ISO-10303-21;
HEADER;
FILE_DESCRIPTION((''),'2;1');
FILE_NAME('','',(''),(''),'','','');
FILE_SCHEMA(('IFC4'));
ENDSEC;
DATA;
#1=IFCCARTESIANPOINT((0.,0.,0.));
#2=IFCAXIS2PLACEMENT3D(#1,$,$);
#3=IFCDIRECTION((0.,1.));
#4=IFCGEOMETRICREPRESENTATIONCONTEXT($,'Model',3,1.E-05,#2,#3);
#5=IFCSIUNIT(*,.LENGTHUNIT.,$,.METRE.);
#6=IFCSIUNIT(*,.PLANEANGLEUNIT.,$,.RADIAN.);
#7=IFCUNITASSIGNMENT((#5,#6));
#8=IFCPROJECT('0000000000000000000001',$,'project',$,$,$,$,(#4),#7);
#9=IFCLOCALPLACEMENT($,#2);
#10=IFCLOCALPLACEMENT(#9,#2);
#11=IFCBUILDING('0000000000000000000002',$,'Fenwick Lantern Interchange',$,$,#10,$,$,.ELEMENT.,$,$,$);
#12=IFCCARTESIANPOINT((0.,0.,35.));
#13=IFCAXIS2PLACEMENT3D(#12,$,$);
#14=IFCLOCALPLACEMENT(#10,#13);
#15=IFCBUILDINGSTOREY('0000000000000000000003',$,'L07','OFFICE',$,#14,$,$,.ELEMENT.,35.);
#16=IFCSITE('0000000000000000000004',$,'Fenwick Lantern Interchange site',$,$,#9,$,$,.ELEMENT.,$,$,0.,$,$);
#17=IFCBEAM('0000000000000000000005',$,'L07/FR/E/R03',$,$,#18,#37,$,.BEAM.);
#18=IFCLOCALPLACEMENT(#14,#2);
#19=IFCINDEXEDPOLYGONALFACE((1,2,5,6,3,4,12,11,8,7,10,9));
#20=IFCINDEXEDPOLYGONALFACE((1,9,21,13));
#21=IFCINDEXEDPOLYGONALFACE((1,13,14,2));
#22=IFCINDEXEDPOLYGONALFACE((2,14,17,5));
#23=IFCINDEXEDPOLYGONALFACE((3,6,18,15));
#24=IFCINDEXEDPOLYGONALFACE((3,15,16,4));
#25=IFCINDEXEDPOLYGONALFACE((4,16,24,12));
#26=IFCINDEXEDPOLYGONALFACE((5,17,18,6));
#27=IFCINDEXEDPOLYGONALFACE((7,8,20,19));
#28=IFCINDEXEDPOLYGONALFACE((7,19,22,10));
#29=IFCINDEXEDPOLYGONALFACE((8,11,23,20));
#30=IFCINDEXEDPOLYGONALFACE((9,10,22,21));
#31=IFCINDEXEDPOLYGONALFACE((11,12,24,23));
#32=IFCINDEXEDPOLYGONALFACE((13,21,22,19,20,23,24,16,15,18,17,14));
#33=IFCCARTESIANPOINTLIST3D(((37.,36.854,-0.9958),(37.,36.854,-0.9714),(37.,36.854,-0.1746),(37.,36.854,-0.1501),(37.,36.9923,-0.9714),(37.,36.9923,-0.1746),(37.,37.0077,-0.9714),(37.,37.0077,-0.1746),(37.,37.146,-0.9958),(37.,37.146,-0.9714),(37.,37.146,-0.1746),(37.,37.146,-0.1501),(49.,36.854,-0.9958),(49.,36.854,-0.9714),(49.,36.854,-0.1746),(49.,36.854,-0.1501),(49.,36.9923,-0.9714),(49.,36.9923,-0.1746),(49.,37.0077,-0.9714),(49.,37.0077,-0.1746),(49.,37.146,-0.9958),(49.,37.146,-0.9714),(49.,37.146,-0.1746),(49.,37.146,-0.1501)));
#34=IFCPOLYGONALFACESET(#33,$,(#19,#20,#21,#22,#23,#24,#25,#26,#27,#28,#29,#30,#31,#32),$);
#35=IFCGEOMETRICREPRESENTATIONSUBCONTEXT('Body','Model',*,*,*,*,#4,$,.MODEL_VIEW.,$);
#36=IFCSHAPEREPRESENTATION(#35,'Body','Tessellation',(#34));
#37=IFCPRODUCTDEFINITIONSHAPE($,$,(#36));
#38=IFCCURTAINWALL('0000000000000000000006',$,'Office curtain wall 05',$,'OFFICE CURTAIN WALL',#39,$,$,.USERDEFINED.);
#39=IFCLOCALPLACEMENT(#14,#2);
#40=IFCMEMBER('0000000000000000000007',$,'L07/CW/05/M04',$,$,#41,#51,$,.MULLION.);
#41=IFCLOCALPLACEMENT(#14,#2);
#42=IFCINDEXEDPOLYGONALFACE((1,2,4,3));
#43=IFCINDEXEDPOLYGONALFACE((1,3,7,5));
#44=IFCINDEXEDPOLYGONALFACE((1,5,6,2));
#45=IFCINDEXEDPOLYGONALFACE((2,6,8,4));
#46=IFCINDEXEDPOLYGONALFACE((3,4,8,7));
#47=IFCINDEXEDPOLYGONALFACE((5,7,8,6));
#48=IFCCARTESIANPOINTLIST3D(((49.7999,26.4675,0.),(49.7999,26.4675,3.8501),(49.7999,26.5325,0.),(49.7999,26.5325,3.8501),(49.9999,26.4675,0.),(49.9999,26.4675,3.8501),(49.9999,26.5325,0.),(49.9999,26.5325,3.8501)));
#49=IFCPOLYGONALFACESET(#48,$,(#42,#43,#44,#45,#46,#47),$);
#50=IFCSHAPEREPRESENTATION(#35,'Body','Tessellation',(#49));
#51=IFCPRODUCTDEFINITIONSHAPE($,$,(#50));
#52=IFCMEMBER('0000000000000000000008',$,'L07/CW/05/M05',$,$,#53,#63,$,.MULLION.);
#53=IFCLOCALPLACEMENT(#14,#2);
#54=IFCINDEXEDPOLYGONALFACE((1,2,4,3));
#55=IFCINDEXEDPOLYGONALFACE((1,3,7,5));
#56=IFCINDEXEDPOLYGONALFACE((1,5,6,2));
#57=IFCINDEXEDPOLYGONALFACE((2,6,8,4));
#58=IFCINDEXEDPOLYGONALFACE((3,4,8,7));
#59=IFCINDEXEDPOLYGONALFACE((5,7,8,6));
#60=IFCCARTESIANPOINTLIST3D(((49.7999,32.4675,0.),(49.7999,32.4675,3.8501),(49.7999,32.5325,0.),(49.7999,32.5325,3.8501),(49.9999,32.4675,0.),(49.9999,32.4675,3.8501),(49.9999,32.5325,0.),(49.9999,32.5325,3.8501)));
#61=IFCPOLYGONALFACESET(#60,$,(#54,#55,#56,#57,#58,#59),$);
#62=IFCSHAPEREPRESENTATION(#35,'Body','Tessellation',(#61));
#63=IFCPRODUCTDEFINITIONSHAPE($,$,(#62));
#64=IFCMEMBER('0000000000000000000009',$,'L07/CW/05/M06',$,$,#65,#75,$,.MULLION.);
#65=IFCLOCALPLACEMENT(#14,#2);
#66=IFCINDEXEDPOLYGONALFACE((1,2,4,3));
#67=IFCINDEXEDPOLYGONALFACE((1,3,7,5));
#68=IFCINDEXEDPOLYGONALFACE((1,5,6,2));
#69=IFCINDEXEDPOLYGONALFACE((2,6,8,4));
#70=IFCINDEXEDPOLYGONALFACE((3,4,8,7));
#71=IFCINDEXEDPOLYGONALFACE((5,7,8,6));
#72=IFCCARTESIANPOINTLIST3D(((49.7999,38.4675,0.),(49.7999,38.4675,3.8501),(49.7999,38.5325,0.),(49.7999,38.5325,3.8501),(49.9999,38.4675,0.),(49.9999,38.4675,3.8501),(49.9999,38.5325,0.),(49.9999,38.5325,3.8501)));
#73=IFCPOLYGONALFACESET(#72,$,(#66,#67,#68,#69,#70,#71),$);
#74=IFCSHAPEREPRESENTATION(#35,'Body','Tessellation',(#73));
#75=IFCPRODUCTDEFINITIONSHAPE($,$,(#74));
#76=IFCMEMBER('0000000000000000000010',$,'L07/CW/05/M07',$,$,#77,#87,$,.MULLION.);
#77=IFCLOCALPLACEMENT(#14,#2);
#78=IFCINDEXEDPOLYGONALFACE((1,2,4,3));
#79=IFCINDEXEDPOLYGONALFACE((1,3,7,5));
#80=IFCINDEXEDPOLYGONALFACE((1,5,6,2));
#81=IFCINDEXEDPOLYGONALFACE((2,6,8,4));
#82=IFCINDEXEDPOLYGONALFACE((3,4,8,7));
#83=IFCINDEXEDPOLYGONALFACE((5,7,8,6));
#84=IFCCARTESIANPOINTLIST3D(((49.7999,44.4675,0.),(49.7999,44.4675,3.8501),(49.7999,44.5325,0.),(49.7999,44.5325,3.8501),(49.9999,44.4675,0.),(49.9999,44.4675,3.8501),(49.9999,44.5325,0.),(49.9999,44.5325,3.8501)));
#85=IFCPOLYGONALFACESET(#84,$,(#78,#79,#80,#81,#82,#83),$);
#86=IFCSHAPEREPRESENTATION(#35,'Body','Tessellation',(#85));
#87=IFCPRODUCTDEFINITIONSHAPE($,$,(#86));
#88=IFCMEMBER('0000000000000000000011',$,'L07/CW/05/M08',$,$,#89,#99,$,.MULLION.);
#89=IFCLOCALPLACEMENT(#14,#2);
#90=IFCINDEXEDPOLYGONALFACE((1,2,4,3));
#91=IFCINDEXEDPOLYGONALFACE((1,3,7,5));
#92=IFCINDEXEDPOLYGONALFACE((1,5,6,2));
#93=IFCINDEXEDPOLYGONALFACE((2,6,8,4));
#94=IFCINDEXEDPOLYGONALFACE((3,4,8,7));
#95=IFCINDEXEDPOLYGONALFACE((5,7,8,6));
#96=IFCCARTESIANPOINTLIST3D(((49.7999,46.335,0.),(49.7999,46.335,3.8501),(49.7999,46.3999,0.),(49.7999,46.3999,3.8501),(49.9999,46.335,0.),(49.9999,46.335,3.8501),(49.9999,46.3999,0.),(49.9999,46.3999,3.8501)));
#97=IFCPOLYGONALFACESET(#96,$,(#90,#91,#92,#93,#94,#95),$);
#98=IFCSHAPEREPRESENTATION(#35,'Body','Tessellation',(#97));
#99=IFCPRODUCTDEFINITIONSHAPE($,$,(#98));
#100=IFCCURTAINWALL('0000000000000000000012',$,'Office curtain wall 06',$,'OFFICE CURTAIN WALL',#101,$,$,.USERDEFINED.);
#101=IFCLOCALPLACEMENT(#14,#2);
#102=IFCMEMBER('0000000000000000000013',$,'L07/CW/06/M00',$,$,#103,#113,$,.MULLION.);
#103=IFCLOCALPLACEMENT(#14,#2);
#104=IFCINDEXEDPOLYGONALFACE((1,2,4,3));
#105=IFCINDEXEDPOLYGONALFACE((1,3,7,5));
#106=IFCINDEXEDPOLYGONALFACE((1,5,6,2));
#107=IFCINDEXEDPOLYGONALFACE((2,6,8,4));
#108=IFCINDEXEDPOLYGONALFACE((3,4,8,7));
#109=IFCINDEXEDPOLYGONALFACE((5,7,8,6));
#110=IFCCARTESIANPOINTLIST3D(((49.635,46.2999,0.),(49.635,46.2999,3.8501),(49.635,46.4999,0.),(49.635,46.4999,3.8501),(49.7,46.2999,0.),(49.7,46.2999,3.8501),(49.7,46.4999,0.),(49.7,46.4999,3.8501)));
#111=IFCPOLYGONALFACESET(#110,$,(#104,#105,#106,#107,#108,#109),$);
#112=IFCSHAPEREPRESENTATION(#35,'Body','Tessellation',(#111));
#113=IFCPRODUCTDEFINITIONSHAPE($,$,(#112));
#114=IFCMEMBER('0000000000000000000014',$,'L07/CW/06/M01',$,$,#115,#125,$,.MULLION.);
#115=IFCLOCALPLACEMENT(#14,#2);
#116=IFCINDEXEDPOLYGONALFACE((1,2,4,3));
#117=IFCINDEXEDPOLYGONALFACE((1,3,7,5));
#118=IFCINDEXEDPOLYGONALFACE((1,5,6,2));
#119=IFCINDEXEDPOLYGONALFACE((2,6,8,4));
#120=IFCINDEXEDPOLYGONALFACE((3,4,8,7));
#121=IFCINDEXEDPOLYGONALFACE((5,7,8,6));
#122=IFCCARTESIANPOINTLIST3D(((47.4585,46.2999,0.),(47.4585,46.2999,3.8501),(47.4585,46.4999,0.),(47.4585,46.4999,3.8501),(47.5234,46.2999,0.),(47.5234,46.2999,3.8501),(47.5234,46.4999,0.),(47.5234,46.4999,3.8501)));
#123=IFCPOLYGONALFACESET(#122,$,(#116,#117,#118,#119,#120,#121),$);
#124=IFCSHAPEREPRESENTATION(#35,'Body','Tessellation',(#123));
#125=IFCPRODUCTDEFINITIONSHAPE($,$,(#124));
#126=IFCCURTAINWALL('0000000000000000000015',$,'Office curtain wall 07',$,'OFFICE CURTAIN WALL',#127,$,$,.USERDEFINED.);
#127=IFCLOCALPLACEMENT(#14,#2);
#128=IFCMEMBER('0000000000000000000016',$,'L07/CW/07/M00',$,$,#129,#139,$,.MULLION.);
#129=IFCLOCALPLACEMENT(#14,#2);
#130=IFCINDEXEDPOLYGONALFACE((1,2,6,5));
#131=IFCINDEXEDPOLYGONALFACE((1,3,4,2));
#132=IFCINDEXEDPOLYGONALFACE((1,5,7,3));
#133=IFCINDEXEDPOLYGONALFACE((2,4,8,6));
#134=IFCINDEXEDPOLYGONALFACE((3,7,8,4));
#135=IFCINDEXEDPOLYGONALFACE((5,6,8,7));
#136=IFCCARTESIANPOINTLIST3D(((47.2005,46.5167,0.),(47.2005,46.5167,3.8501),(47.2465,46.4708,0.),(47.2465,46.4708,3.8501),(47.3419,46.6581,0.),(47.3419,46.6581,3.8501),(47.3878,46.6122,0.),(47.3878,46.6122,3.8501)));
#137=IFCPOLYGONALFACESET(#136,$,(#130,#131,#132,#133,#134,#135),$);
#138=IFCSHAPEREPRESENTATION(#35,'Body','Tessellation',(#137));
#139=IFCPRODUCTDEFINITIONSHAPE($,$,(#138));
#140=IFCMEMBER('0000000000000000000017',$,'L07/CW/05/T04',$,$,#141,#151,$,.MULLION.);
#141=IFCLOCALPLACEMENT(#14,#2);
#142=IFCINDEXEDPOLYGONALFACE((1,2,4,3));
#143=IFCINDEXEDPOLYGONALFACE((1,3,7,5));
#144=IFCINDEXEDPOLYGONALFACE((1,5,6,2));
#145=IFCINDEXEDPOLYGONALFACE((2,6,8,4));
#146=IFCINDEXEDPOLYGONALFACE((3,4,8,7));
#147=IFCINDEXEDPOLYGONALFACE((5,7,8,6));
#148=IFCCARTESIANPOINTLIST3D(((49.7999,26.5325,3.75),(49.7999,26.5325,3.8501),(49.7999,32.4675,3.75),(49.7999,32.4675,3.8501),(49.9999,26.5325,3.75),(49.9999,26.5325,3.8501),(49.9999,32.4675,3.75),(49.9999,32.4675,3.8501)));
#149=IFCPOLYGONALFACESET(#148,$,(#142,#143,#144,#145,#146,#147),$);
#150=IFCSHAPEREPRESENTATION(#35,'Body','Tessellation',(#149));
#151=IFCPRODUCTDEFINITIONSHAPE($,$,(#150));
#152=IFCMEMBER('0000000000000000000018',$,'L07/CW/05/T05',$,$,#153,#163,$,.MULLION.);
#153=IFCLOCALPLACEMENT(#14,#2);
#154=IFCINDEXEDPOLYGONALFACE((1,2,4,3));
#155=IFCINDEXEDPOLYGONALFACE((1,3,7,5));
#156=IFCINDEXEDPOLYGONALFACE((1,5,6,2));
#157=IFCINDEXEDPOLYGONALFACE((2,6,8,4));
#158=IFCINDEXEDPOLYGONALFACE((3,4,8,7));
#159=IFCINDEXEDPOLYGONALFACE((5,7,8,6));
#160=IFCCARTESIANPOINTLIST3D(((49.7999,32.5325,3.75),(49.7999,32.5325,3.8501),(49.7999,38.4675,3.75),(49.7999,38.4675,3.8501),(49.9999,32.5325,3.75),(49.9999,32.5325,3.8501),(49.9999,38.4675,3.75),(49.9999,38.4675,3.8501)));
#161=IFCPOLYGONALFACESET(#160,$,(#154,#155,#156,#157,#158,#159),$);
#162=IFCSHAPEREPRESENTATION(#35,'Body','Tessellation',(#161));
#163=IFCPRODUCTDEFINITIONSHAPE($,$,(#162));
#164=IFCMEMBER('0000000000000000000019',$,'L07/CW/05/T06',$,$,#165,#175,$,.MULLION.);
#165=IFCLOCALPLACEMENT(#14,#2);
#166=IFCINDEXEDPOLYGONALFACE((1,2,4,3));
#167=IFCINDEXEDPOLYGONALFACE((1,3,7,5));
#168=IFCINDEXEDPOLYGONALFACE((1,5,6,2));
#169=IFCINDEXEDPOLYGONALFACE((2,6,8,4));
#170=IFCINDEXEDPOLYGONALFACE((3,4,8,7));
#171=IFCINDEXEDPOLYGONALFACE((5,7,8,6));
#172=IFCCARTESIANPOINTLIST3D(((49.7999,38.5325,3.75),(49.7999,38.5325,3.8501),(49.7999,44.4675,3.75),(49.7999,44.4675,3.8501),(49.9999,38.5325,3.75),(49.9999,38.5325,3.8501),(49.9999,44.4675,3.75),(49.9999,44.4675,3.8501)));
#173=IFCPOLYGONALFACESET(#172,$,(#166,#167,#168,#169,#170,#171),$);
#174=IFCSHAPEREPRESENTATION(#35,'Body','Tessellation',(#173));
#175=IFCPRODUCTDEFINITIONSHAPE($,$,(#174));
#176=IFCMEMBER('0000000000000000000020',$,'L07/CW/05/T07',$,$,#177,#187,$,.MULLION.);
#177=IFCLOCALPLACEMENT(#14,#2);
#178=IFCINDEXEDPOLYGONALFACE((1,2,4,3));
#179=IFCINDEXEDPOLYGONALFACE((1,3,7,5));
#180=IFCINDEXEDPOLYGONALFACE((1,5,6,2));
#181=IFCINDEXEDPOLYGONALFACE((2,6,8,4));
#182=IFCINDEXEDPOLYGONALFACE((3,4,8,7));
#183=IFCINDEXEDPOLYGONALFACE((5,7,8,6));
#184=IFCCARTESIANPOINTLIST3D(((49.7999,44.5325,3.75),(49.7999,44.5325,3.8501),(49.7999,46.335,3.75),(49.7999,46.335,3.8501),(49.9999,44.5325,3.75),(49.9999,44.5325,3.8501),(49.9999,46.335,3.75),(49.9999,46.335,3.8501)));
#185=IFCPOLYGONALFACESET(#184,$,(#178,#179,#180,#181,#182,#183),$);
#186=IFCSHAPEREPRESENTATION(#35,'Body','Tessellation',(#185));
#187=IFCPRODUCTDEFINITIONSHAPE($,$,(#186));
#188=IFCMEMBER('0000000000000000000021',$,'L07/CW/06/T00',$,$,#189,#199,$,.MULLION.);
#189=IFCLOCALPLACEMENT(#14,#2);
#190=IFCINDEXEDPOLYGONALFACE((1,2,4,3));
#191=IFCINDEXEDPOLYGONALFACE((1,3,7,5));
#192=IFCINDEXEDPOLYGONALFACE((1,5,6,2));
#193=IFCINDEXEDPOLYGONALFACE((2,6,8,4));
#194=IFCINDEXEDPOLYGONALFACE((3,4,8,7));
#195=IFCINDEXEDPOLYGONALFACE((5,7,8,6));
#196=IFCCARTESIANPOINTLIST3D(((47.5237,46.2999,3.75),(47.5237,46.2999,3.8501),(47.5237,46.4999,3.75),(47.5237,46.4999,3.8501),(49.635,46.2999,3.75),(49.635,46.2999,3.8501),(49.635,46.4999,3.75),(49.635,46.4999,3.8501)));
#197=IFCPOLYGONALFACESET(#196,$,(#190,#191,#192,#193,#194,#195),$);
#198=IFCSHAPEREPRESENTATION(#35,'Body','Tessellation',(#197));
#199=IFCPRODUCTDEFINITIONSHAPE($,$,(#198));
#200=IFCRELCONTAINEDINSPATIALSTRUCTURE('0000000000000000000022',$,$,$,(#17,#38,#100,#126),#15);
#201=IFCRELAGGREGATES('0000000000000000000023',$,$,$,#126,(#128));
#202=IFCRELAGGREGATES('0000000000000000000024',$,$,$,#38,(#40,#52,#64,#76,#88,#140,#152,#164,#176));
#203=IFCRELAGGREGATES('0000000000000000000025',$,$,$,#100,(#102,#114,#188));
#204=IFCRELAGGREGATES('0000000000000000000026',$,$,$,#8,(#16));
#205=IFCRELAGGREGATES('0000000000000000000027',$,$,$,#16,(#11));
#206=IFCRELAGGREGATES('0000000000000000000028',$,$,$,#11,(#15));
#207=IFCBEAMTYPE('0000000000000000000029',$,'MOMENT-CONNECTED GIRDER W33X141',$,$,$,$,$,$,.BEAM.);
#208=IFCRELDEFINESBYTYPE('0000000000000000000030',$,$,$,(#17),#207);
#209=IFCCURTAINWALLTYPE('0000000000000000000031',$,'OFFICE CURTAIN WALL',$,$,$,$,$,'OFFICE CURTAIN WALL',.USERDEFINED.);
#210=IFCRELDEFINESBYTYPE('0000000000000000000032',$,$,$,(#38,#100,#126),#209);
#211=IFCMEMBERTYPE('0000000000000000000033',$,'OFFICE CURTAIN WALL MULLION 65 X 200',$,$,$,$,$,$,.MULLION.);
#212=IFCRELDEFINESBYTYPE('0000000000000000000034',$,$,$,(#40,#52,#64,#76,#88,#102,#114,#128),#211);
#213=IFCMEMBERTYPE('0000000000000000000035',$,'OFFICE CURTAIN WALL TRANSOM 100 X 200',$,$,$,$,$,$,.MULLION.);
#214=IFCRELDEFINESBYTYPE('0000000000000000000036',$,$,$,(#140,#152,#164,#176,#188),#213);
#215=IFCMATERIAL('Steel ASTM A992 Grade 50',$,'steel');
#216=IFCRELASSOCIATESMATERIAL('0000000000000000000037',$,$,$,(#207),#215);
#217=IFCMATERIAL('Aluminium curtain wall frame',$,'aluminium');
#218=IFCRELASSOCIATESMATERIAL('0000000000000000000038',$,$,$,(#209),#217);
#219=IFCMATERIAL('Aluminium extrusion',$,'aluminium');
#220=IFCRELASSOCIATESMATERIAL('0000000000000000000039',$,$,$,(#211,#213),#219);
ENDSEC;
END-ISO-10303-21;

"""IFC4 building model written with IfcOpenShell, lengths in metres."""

from ifc_helpers import new_model, si_unit, direction, frame, origin, origin_2d, place, context, subcontext, project, spatial, rectangle, i_section, extrude, material, material_profile, profile_set, type_object, element, aggregate, save


model = new_model("IFC4")

# Units and contexts
model_context = context("Model", 3, precision=1e-05, world=origin(), true_north=direction((0.0, 1.0)))
body_context = subcontext(model_context, "Body", "Model", "MODEL_VIEW")
ifc_project = project(units=[si_unit("LENGTHUNIT", "METRE"), si_unit("PLANEANGLEUNIT", "RADIAN")], contexts=[model_context])

# Site, building, storey
site_placement = place(None, origin())
site = spatial("IfcSite", under=ifc_project, at=site_placement, Name="Fenwick Lantern Interchange site", CompositionType="ELEMENT", RefElevation=0.0)
building_placement = place(site_placement, origin())
building = spatial("IfcBuilding", under=site, at=building_placement, Name="Fenwick Lantern Interchange", CompositionType="ELEMENT")
storey_placement = place(building_placement, frame((0.0, 0.0, 35.0)))
storey = spatial("IfcBuildingStorey", under=building, at=storey_placement, Name="L07", Description="OFFICE", CompositionType="ELEMENT", Elevation=35.0)

# Beam
ifc_material_1 = material(Name="Steel ASTM A992 Grade 50", Category="steel")
ifc_material_profile_1 = material_profile(ifc_material_1, i_section(OverallWidth=0.292, OverallDepth=0.8457, WebThickness=0.0154, FlangeThickness=0.0244, at=origin_2d()), Name="W33X141")
ifc_profile_set_1 = profile_set([ifc_material_profile_1], Name="Steel ASTM A992 Grade 50")
beam_type_1 = type_object("IfcBeamType", Name="MOMENT-CONNECTED GIRDER W33X141", PredefinedType="BEAM", material=ifc_profile_set_1)
beam_1_placement = place(storey_placement, frame((49.0, 37.0, -0.573), z_axis=(-1.0, 0.0, 0.0), x_axis=(0.0, -1.0, 0.0)))
element("IfcBeam", 1, at=beam_1_placement, inside=storey, type_object=beam_type_1, Name="L07/FR/E/R03", PredefinedType="BEAM", context=body_context, shape_type="SweptSolid", body=[
    extrude(i_section(OverallWidth=0.292, OverallDepth=0.8457, WebThickness=0.0154, FlangeThickness=0.0244, at=origin_2d()), origin(), (0.0, 0.0, 1.0), 12.0),
])

# Curtain walls, members
ifc_material_2 = material(Name="Aluminium curtain wall frame", Category="aluminium")
curtain_wall_type = type_object("IfcCurtainWallType", Name="OFFICE CURTAIN WALL", ElementType="OFFICE CURTAIN WALL", PredefinedType="USERDEFINED", material=ifc_material_2)
curtain_wall_1_placement = place(storey_placement, origin())
curtain_wall_1 = element("IfcCurtainWall", 2, at=curtain_wall_1_placement, inside=storey, type_object=curtain_wall_type, Name="Office curtain wall 05", ObjectType="OFFICE CURTAIN WALL", PredefinedType="USERDEFINED")
ifc_material_3 = material(Name="Aluminium extrusion", Category="aluminium")
ifc_material_profile_2 = material_profile(ifc_material_3, rectangle(XDim=0.2, YDim=0.0649, at=origin_2d()), Name="OFFICE CURTAIN WALL MULLION 65 X 200")
ifc_profile_set_2 = profile_set([ifc_material_profile_2], Name="Aluminium extrusion")
member_type_1 = type_object("IfcMemberType", Name="OFFICE CURTAIN WALL MULLION 65 X 200", PredefinedType="MULLION", material=ifc_profile_set_2)
member_1_placement = place(storey_placement, frame((49.8999, 26.5, 0.0), z_axis=(0.0, 0.0, 1.0), x_axis=(-1.0, 0.0, 0.0)))
member_1 = element("IfcMember", 3, at=member_1_placement, type_object=member_type_1, Name="L07/CW/05/M04", PredefinedType="MULLION", context=body_context, shape_type="SweptSolid", body=[
    extrude(rectangle(XDim=0.2, YDim=0.0649, at=origin_2d()), origin(), (0.0, 0.0, 1.0), 3.8501),
])
member_2_placement = place(storey_placement, frame((49.8999, 32.5, 0.0), z_axis=(0.0, 0.0, 1.0), x_axis=(-1.0, 0.0, 0.0)))
member_2 = element("IfcMember", 4, at=member_2_placement, type_object=member_type_1, Name="L07/CW/05/M05", PredefinedType="MULLION", context=body_context, shape_type="SweptSolid", body=[
    extrude(rectangle(XDim=0.2, YDim=0.0649, at=origin_2d()), origin(), (0.0, 0.0, 1.0), 3.8501),
])
member_3_placement = place(storey_placement, frame((49.8999, 38.5, 0.0), z_axis=(0.0, 0.0, 1.0), x_axis=(-1.0, 0.0, 0.0)))
member_3 = element("IfcMember", 5, at=member_3_placement, type_object=member_type_1, Name="L07/CW/05/M06", PredefinedType="MULLION", context=body_context, shape_type="SweptSolid", body=[
    extrude(rectangle(XDim=0.2, YDim=0.0649, at=origin_2d()), origin(), (0.0, 0.0, 1.0), 3.8501),
])
member_4_placement = place(storey_placement, frame((49.8999, 44.5, 0.0), z_axis=(0.0, 0.0, 1.0), x_axis=(-1.0, 0.0, 0.0)))
member_4 = element("IfcMember", 6, at=member_4_placement, type_object=member_type_1, Name="L07/CW/05/M07", PredefinedType="MULLION", context=body_context, shape_type="SweptSolid", body=[
    extrude(rectangle(XDim=0.2, YDim=0.0649, at=origin_2d()), origin(), (0.0, 0.0, 1.0), 3.8501),
])
member_5_placement = place(storey_placement, frame((49.8999, 46.3674, 0.0), z_axis=(0.0, 0.0, 1.0), x_axis=(-1.0, 0.0, 0.0)))
member_5 = element("IfcMember", 7, at=member_5_placement, type_object=member_type_1, Name="L07/CW/05/M08", PredefinedType="MULLION", context=body_context, shape_type="SweptSolid", body=[
    extrude(rectangle(XDim=0.2, YDim=0.0649, at=origin_2d()), origin(), (0.0, 0.0, 1.0), 3.8501),
])
curtain_wall_2_placement = place(storey_placement, origin())
curtain_wall_2 = element("IfcCurtainWall", 8, at=curtain_wall_2_placement, inside=storey, type_object=curtain_wall_type, Name="Office curtain wall 06", ObjectType="OFFICE CURTAIN WALL", PredefinedType="USERDEFINED")
member_6_placement = place(storey_placement, frame((49.6675, 46.3999, 0.0), z_axis=(0.0, 0.0, 1.0), x_axis=(0.0, -1.0, 0.0)))
member_6 = element("IfcMember", 9, at=member_6_placement, type_object=member_type_1, Name="L07/CW/06/M00", PredefinedType="MULLION", context=body_context, shape_type="SweptSolid", body=[
    extrude(rectangle(XDim=0.2, YDim=0.0649, at=origin_2d()), origin(), (0.0, 0.0, 1.0), 3.8501),
])
member_7_placement = place(storey_placement, frame((47.491, 46.3999, 0.0), z_axis=(0.0, 0.0, 1.0), x_axis=(0.0, -1.0, 0.0)))
member_7 = element("IfcMember", 10, at=member_7_placement, type_object=member_type_1, Name="L07/CW/06/M01", PredefinedType="MULLION", context=body_context, shape_type="SweptSolid", body=[
    extrude(rectangle(XDim=0.2, YDim=0.0649, at=origin_2d()), origin(), (0.0, 0.0, 1.0), 3.8501),
])

# Curtain wall, member
curtain_wall_3_placement = place(storey_placement, origin())
curtain_wall_3 = element("IfcCurtainWall", 11, at=curtain_wall_3_placement, inside=storey, type_object=curtain_wall_type, Name="Office curtain wall 07", ObjectType="OFFICE CURTAIN WALL", PredefinedType="USERDEFINED")
member_8_placement = place(storey_placement, frame((47.2942, 46.5645, 0.0), z_axis=(0.0, 0.0, 1.0), x_axis=(-0.707107, -0.707107, 0.0)))
member_8 = element("IfcMember", 12, at=member_8_placement, type_object=member_type_1, Name="L07/CW/07/M00", PredefinedType="MULLION", context=body_context, shape_type="SweptSolid", body=[
    extrude(rectangle(XDim=0.2, YDim=0.0649, at=origin_2d()), origin(), (0.0, 0.0, 1.0), 3.8501),
])
aggregate(curtain_wall_3, [member_8])

# Members
ifc_material_profile_3 = material_profile(ifc_material_3, rectangle(XDim=0.2, YDim=0.1001, at=origin_2d()), Name="OFFICE CURTAIN WALL TRANSOM 100 X 200")
ifc_profile_set_3 = profile_set([ifc_material_profile_3], Name="Aluminium extrusion")
member_type_2 = type_object("IfcMemberType", Name="OFFICE CURTAIN WALL TRANSOM 100 X 200", PredefinedType="MULLION", material=ifc_profile_set_3)
member_9_placement = place(storey_placement, frame((49.8999, 26.5325, 3.8), z_axis=(0.0, 1.0, 0.0), x_axis=(-1.0, 0.0, 0.0)))
member_9 = element("IfcMember", 13, at=member_9_placement, type_object=member_type_2, Name="L07/CW/05/T04", PredefinedType="MULLION", context=body_context, shape_type="SweptSolid", body=[
    extrude(rectangle(XDim=0.2, YDim=0.1001, at=origin_2d()), origin(), (0.0, 0.0, 1.0), 5.9351),
])
member_10_placement = place(storey_placement, frame((49.8999, 32.5325, 3.8), z_axis=(0.0, 1.0, 0.0), x_axis=(-1.0, 0.0, 0.0)))
member_10 = element("IfcMember", 14, at=member_10_placement, type_object=member_type_2, Name="L07/CW/05/T05", PredefinedType="MULLION", context=body_context, shape_type="SweptSolid", body=[
    extrude(rectangle(XDim=0.2, YDim=0.1001, at=origin_2d()), origin(), (0.0, 0.0, 1.0), 5.9351),
])
member_11_placement = place(storey_placement, frame((49.8999, 38.5325, 3.8), z_axis=(0.0, 1.0, 0.0), x_axis=(-1.0, 0.0, 0.0)))
member_11 = element("IfcMember", 15, at=member_11_placement, type_object=member_type_2, Name="L07/CW/05/T06", PredefinedType="MULLION", context=body_context, shape_type="SweptSolid", body=[
    extrude(rectangle(XDim=0.2, YDim=0.1001, at=origin_2d()), origin(), (0.0, 0.0, 1.0), 5.9351),
])
member_12_placement = place(storey_placement, frame((49.8999, 44.5325, 3.8), z_axis=(0.0, 1.0, 0.0), x_axis=(-1.0, 0.0, 0.0)))
member_12 = element("IfcMember", 16, at=member_12_placement, type_object=member_type_2, Name="L07/CW/05/T07", PredefinedType="MULLION", context=body_context, shape_type="SweptSolid", body=[
    extrude(rectangle(XDim=0.2, YDim=0.1001, at=origin_2d()), origin(), (0.0, 0.0, 1.0), 1.8025),
])
aggregate(curtain_wall_1, [member_1, member_2, member_3, member_4, member_5, member_9, member_10, member_11, member_12])
member_13_placement = place(storey_placement, frame((49.635, 46.3999, 3.8), z_axis=(-1.0, 0.0, 0.0), x_axis=(0.0, -1.0, 0.0)))
member_13 = element("IfcMember", 17, at=member_13_placement, type_object=member_type_2, Name="L07/CW/06/T00", PredefinedType="MULLION", context=body_context, shape_type="SweptSolid", body=[
    extrude(rectangle(XDim=0.2, YDim=0.1001, at=origin_2d()), origin(), (0.0, 0.0, 1.0), 2.1113),
])

aggregate(curtain_wall_2, [member_6, member_7, member_13])

save(model, "model.ifc")
